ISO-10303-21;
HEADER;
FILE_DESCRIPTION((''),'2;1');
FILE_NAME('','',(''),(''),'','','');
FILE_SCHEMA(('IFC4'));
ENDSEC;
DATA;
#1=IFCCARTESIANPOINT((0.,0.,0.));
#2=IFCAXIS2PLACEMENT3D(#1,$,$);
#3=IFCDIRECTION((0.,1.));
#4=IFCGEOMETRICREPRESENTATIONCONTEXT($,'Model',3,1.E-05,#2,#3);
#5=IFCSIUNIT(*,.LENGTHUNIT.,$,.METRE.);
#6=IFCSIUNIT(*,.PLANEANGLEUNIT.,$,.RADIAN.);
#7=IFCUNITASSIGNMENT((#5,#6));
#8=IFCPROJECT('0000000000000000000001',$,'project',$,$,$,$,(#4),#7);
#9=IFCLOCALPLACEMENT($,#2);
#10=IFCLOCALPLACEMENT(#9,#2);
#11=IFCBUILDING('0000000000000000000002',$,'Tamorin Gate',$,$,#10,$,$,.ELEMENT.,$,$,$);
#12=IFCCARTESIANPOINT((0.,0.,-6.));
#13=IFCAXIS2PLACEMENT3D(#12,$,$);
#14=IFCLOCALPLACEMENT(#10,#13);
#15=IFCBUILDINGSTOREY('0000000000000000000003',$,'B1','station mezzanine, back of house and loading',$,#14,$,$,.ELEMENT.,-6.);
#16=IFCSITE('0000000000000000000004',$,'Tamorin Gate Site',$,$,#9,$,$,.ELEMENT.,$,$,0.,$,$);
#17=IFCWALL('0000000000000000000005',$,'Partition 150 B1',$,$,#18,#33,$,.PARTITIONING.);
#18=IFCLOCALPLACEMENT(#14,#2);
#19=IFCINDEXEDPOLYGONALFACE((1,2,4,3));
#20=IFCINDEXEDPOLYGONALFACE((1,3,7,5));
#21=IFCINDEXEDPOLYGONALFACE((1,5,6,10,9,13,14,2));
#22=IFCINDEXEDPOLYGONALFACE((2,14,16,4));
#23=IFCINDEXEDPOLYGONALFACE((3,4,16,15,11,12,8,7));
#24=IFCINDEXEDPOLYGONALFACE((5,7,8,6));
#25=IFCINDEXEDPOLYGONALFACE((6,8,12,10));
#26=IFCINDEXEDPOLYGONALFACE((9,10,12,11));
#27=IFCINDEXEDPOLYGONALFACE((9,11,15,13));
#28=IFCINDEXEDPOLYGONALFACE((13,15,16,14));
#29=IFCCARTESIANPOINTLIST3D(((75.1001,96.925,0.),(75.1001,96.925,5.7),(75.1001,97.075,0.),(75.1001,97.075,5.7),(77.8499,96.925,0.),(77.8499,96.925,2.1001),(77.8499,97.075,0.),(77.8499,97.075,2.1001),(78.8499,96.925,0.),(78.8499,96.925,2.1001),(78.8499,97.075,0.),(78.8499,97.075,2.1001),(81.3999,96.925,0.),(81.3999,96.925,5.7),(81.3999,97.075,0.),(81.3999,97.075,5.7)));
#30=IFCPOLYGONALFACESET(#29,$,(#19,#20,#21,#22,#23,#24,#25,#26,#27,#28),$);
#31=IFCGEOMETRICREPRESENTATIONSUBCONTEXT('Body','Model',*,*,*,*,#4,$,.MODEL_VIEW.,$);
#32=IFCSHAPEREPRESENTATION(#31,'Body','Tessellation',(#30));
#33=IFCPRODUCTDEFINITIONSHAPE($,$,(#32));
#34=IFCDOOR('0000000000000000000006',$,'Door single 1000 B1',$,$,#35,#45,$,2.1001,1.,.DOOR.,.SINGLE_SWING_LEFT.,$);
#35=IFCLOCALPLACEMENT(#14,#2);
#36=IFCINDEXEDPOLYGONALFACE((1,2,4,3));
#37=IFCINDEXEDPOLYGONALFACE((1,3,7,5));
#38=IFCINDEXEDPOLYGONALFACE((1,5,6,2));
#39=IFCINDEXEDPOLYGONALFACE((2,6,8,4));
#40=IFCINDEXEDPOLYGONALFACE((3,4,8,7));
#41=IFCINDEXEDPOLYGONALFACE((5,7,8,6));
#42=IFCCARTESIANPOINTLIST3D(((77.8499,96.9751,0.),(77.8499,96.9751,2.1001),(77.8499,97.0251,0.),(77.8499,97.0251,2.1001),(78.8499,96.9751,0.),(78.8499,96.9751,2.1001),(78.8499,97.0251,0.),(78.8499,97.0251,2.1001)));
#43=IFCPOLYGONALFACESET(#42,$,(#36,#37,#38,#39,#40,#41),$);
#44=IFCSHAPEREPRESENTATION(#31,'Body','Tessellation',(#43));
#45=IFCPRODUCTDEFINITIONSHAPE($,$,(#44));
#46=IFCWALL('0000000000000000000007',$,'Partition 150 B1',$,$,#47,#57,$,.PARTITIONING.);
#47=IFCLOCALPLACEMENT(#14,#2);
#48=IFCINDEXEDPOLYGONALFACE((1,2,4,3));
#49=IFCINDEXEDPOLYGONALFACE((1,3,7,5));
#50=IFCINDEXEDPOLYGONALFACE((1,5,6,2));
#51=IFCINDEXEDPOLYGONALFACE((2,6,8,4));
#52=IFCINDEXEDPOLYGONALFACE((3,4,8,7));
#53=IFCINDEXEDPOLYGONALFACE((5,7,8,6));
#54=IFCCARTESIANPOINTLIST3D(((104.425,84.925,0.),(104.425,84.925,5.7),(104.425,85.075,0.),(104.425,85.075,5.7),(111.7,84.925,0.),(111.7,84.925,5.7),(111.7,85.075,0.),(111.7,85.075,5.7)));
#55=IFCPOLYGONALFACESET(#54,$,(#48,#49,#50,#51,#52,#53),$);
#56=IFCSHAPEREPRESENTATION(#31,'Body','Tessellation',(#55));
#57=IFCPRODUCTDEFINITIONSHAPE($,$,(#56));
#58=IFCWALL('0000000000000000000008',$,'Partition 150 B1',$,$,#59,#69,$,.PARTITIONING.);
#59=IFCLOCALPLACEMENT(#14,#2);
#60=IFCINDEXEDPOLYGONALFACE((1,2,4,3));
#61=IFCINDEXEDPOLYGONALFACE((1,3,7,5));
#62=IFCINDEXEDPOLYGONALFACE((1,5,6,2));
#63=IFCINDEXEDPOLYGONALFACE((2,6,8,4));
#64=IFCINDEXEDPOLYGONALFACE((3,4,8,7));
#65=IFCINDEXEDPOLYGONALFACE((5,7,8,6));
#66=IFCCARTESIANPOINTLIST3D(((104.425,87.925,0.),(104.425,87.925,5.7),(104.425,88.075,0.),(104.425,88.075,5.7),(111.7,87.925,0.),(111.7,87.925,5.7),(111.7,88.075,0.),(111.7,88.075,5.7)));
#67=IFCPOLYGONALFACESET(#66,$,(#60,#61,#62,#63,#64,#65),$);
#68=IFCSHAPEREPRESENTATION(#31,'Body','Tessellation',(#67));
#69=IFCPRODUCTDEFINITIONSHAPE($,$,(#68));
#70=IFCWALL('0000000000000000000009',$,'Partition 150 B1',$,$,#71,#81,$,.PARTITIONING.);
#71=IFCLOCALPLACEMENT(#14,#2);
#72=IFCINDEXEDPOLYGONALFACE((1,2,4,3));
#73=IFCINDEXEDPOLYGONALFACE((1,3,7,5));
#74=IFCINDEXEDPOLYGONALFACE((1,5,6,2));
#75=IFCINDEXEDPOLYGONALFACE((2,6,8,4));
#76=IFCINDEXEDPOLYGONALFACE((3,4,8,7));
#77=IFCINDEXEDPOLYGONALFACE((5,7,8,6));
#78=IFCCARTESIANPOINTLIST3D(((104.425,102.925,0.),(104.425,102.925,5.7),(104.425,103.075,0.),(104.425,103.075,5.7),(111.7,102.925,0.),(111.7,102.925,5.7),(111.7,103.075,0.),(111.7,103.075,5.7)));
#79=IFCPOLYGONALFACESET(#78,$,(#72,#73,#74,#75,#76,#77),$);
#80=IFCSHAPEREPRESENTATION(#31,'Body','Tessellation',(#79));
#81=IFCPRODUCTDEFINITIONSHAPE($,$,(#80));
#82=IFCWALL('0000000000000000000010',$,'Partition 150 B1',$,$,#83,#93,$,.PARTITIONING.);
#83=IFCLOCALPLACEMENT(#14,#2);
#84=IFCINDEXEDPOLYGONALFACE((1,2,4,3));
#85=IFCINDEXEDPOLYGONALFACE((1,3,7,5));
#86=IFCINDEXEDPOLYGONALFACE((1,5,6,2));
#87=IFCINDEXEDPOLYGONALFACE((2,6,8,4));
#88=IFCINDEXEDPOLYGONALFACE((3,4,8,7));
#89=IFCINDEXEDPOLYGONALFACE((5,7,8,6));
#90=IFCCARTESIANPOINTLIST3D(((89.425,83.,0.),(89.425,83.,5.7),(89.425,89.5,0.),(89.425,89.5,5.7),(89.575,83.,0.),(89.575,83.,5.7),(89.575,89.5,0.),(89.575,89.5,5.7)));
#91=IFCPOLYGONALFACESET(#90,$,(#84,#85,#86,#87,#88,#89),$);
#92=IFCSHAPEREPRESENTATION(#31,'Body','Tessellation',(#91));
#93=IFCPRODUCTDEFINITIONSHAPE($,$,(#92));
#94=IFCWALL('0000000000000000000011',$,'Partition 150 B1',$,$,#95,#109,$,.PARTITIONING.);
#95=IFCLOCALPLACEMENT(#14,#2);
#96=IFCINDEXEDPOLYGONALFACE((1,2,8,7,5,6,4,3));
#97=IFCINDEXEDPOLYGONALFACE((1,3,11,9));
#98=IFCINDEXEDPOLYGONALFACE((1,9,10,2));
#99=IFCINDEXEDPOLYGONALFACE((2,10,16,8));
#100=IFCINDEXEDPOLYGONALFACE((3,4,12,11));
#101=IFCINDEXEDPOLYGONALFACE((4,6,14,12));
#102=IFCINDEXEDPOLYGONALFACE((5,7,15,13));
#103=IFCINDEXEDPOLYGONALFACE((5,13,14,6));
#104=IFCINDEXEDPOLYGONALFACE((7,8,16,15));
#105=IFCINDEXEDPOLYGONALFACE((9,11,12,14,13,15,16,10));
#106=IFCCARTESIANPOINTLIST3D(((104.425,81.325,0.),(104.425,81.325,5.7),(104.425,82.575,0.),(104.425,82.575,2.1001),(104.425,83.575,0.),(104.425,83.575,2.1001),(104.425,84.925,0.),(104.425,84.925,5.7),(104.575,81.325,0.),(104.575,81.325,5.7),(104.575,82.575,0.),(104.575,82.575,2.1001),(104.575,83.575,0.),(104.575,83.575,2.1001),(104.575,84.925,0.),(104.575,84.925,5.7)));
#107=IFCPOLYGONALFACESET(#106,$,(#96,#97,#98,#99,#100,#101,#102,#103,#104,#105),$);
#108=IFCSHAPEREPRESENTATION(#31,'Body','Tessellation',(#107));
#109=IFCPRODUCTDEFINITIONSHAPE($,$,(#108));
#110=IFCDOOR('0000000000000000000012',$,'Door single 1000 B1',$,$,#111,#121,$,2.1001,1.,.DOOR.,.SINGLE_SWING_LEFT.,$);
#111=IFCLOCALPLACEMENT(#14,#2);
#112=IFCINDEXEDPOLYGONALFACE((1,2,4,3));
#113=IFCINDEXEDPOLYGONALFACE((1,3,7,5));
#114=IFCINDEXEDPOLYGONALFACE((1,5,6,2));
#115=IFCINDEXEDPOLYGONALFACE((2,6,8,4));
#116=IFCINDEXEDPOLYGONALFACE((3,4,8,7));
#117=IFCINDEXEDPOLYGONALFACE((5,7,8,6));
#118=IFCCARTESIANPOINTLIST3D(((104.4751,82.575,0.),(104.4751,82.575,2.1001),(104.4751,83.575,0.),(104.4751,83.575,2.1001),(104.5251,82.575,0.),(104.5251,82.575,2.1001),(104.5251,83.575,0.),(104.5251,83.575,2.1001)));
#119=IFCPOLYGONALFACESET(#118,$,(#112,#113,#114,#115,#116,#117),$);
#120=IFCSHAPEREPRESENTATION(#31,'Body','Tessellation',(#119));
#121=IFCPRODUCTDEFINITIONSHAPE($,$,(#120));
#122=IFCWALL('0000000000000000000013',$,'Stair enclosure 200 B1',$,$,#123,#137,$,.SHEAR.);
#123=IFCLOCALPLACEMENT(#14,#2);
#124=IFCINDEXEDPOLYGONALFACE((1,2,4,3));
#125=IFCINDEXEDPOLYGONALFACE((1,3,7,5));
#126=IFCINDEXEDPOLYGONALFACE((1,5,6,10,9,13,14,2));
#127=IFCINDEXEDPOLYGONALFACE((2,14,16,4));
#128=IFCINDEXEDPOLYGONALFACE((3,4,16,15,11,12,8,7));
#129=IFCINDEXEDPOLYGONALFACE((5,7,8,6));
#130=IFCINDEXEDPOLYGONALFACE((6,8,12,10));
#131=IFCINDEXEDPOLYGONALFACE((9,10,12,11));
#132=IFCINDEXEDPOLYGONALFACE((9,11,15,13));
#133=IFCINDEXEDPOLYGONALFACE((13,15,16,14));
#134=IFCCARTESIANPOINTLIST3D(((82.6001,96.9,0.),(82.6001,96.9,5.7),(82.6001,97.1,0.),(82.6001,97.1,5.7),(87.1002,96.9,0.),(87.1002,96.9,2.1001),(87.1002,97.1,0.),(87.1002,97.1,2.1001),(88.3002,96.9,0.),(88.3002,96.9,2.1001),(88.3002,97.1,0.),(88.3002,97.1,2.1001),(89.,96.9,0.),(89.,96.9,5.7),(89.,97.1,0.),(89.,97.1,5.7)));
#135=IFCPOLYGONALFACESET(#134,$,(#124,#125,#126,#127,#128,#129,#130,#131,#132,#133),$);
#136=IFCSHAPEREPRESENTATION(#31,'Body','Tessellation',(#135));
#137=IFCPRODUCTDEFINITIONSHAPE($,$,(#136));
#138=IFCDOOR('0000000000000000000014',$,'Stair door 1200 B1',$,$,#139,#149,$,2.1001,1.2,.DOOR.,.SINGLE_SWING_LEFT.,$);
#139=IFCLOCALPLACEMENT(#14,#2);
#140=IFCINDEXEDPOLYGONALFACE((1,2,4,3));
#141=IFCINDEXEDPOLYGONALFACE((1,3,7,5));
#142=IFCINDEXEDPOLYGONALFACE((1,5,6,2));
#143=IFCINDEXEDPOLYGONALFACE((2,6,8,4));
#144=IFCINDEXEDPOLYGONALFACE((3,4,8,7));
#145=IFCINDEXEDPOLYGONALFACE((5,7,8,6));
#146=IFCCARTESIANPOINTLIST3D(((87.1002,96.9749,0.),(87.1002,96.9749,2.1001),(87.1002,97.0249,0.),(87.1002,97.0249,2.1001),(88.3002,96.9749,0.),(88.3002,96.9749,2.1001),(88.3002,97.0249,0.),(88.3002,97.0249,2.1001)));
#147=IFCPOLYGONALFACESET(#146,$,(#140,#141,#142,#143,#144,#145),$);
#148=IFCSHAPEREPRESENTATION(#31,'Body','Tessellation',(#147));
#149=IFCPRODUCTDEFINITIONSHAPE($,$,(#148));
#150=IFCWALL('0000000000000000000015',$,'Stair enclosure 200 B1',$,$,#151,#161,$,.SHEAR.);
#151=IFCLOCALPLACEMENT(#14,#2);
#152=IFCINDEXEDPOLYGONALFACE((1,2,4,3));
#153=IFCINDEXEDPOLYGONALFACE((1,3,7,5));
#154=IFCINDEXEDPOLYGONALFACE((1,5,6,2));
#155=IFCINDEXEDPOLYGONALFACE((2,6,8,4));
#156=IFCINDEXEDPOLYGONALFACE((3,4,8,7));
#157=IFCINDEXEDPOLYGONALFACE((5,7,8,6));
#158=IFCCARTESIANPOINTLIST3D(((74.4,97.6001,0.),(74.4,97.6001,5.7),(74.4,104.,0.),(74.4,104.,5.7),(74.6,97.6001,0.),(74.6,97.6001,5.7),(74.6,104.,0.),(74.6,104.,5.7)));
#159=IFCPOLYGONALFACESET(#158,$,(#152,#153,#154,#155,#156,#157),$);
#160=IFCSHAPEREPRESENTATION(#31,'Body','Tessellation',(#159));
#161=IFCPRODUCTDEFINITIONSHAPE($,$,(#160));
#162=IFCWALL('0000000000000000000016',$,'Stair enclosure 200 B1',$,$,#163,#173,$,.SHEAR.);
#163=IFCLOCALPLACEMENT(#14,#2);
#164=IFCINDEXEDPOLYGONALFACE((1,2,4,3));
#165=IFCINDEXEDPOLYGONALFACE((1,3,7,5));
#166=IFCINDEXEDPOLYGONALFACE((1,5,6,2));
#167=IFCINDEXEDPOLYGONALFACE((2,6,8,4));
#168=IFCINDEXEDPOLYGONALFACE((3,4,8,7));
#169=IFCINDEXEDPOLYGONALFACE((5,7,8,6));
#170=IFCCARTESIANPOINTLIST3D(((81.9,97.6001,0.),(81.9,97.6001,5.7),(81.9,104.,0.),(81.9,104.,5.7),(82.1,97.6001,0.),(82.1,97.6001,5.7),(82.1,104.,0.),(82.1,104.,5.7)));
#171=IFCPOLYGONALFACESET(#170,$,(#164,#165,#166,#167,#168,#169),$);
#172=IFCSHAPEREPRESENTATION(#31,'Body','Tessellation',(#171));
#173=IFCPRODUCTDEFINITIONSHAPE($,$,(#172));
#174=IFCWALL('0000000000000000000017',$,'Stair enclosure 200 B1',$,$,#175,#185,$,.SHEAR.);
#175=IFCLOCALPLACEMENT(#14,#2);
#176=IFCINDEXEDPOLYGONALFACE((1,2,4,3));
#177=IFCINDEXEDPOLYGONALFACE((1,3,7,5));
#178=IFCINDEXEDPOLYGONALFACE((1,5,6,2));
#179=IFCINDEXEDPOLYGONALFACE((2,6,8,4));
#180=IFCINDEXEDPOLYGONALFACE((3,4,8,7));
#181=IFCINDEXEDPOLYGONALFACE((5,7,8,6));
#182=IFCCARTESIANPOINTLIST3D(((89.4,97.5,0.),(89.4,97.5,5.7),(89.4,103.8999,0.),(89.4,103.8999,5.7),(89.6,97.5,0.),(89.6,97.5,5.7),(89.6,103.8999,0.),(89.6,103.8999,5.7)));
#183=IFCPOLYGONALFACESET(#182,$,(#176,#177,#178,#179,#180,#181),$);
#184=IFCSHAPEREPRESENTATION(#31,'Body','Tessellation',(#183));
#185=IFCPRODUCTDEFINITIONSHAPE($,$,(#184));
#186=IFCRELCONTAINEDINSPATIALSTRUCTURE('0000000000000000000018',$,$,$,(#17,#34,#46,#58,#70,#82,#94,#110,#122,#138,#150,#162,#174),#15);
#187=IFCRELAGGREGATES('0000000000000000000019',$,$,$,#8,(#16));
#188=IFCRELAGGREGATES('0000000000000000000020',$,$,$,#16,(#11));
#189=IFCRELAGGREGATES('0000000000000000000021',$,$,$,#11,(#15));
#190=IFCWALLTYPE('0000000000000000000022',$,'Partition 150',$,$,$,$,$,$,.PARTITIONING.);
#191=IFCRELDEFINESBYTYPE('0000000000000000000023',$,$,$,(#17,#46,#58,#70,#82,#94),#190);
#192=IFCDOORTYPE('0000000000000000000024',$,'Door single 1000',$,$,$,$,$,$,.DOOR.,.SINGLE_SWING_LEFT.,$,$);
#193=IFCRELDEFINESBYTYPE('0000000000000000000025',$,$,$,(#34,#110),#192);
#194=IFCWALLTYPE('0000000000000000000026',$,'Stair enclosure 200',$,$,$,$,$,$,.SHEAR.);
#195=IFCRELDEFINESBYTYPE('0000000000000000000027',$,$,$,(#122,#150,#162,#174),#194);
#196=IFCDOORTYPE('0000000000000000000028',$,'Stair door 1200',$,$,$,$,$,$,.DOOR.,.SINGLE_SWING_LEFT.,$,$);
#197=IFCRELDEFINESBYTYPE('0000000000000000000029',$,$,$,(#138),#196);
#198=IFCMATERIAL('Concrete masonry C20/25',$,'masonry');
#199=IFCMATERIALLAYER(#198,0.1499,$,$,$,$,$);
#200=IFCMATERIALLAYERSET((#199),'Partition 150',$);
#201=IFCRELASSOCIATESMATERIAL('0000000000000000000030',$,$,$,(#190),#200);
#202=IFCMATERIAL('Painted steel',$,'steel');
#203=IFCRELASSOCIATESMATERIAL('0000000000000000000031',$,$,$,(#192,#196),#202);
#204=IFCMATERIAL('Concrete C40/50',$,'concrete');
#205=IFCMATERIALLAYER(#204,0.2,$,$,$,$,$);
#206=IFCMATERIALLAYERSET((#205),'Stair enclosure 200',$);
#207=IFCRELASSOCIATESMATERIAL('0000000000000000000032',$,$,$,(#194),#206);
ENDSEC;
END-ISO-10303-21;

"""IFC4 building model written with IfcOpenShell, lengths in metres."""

from ifc_helpers import new_model, si_unit, direction, frame, frame_2d, origin, place, context, subcontext, project, spatial, rectangle, extrude, material, layer, layer_set, type_object, element, fill, save


model = new_model("IFC4")

# Units and contexts
model_context = context("Model", 3, precision=1e-05, world=origin(), true_north=direction((0.0, 1.0)))
body_context = subcontext(model_context, "Body", "Model", "MODEL_VIEW")
ifc_project = project(units=[si_unit("LENGTHUNIT", "METRE"), si_unit("PLANEANGLEUNIT", "RADIAN")], contexts=[model_context])

# Site, building, storey
site_placement = place(None, origin())
site = spatial("IfcSite", under=ifc_project, at=site_placement, Name="Tamorin Gate Site", CompositionType="ELEMENT", RefElevation=0.0)
building_placement = place(site_placement, origin())
building = spatial("IfcBuilding", under=site, at=building_placement, Name="Tamorin Gate", CompositionType="ELEMENT")
storey_placement = place(building_placement, frame((0.0, 0.0, -6.0)))
storey = spatial("IfcBuildingStorey", under=building, at=storey_placement, Name="B1", Description="station mezzanine, back of house and loading", CompositionType="ELEMENT", Elevation=-6.0)

# Shared definitions
ifc_material_1 = material(Name="Concrete masonry C20/25", Category="masonry")
ifc_layer_1 = layer(ifc_material_1, 0.1499)
ifc_layer_set_1 = layer_set([ifc_layer_1], Name="Partition 150")
wall_type_1 = type_object("IfcWallType", Name="Partition 150", PredefinedType="PARTITIONING", material=ifc_layer_set_1)
ifc_material_2 = material(Name="Painted steel", Category="steel")
door_type_1 = type_object("IfcDoorType", Name="Door single 1000", OperationType="SINGLE_SWING_LEFT", PredefinedType="DOOR", material=ifc_material_2)

# Wall, opening, door
wall_1_placement = place(storey_placement, frame((81.3999, 97.0, 0.0), z_axis=(0.0, 0.0, 1.0), x_axis=(-1.0, 0.0, 0.0)))
wall_1 = element("IfcWall", 1, at=wall_1_placement, inside=storey, type_object=wall_type_1, Name="Partition 150 B1", PredefinedType="PARTITIONING", context=body_context, shape_type="SweptSolid", body=[
    extrude(rectangle(XDim=6.2998, YDim=0.1499, at=frame_2d((3.1499, 0.0))), origin(), (0.0, 0.0, 1.0), 5.7),
])
opening_1_placement = place(wall_1_placement, frame((2.55, 0.0, 0.0)))
opening_1 = element("IfcOpeningElement", 2, at=opening_1_placement, cuts=wall_1, PredefinedType="OPENING", context=body_context, shape_type="SweptSolid", body=[
    extrude(rectangle(XDim=1.0, YDim=2.1001, at=frame_2d((0.5, 1.05))), frame((0.0, 0.085, 0.0), z_axis=(0.0, -1.0, 0.0), x_axis=(1.0, 0.0, 0.0)), (0.0, 0.0, 1.0), 0.1699),
])
door_1_placement = place(opening_1_placement, origin())
door_1 = element("IfcDoor", 3, at=door_1_placement, inside=storey, type_object=door_type_1, Name="Door single 1000 B1", OperationType="SINGLE_SWING_LEFT", OverallHeight=2.1001, OverallWidth=1.0, PredefinedType="DOOR", context=body_context, shape_type="SweptSolid", body=[
    extrude(rectangle(XDim=1.0, YDim=2.1001, at=frame_2d((0.5, 1.05))), frame((0.0, 0.0249, 0.0), z_axis=(0.0, -1.0, 0.0), x_axis=(1.0, 0.0, 0.0)), (0.0, 0.0, 1.0), 0.05),
])
fill(opening_1, door_1)

# Walls
for number, where, z_axis, x_axis, name in (
    (4, (104.425, 85.0, 0.0), (0.0, 0.0, 1.0), (1.0, 0.0, 0.0), "Partition 150 B1"),
    (5, (104.425, 88.0, 0.0), (0.0, 0.0, 1.0), (1.0, 0.0, 0.0), "Partition 150 B1"),
    (6, (104.425, 103.0, 0.0), (0.0, 0.0, 1.0), (1.0, 0.0, 0.0), "Partition 150 B1"),
):
    element("IfcWall", number, at=place(storey_placement, frame(where, z_axis=z_axis, x_axis=x_axis)), inside=storey, type_object=wall_type_1, Name=name, PredefinedType="PARTITIONING", context=body_context, shape_type="SweptSolid", body=[
        extrude(rectangle(XDim=7.2749, YDim=0.1499, at=frame_2d((3.6375, 0.0))), origin(), (0.0, 0.0, 1.0), 5.7),
    ])
wall_2_placement = place(storey_placement, frame((89.5, 83.0, 0.0), z_axis=(0.0, 0.0, 1.0), x_axis=(0.0, 1.0, 0.0)))
element("IfcWall", 7, at=wall_2_placement, inside=storey, type_object=wall_type_1, Name="Partition 150 B1", PredefinedType="PARTITIONING", context=body_context, shape_type="SweptSolid", body=[
    extrude(rectangle(XDim=6.5, YDim=0.1499, at=frame_2d((3.25, 0.0))), origin(), (0.0, 0.0, 1.0), 5.7),
])

# Walls, openings, doors
wall_3_placement = place(storey_placement, frame((104.5, 81.325, 0.0), z_axis=(0.0, 0.0, 1.0), x_axis=(0.0, 1.0, 0.0)))
wall_3 = element("IfcWall", 8, at=wall_3_placement, inside=storey, type_object=wall_type_1, Name="Partition 150 B1", PredefinedType="PARTITIONING", context=body_context, shape_type="SweptSolid", body=[
    extrude(rectangle(XDim=3.6001, YDim=0.1499, at=frame_2d((1.8, 0.0))), origin(), (0.0, 0.0, 1.0), 5.7),
])
opening_2_placement = place(wall_3_placement, frame((1.25, 0.0, 0.0)))
opening_2 = element("IfcOpeningElement", 9, at=opening_2_placement, cuts=wall_3, PredefinedType="OPENING", context=body_context, shape_type="SweptSolid", body=[
    extrude(rectangle(XDim=1.0, YDim=2.1001, at=frame_2d((0.5, 1.05))), frame((0.0, 0.085, 0.0), z_axis=(0.0, -1.0, 0.0), x_axis=(1.0, 0.0, 0.0)), (0.0, 0.0, 1.0), 0.1699),
])
door_2_placement = place(opening_2_placement, origin())
door_2 = element("IfcDoor", 10, at=door_2_placement, inside=storey, type_object=door_type_1, Name="Door single 1000 B1", OperationType="SINGLE_SWING_LEFT", OverallHeight=2.1001, OverallWidth=1.0, PredefinedType="DOOR", context=body_context, shape_type="SweptSolid", body=[
    extrude(rectangle(XDim=1.0, YDim=2.1001, at=frame_2d((0.5, 1.05))), frame((0.0, 0.0249, 0.0), z_axis=(0.0, -1.0, 0.0), x_axis=(1.0, 0.0, 0.0)), (0.0, 0.0, 1.0), 0.05),
])
fill(opening_2, door_2)
ifc_material_3 = material(Name="Concrete C40/50", Category="concrete")
ifc_layer_2 = layer(ifc_material_3, 0.2)
ifc_layer_set_2 = layer_set([ifc_layer_2], Name="Stair enclosure 200")
wall_type_2 = type_object("IfcWallType", Name="Stair enclosure 200", PredefinedType="SHEAR", material=ifc_layer_set_2)
wall_4_placement = place(storey_placement, frame((82.6001, 97.0, 0.0), z_axis=(0.0, 0.0, 1.0), x_axis=(1.0, 0.0, 0.0)))
wall_4 = element("IfcWall", 11, at=wall_4_placement, inside=storey, type_object=wall_type_2, Name="Stair enclosure 200 B1", PredefinedType="SHEAR", context=body_context, shape_type="SweptSolid", body=[
    extrude(rectangle(XDim=6.3999, YDim=0.2, at=frame_2d((3.2, 0.0))), origin(), (0.0, 0.0, 1.0), 5.7),
])
opening_3_placement = place(wall_4_placement, frame((4.5, 0.0, 0.0)))
opening_3 = element("IfcOpeningElement", 12, at=opening_3_placement, cuts=wall_4, PredefinedType="OPENING", context=body_context, shape_type="SweptSolid", body=[
    extrude(rectangle(XDim=1.2, YDim=2.1001, at=frame_2d((0.6001, 1.05))), frame((0.0, 0.1099, 0.0), z_axis=(0.0, -1.0, 0.0), x_axis=(1.0, 0.0, 0.0)), (0.0, 0.0, 1.0), 0.22),
])
door_type_2 = type_object("IfcDoorType", Name="Stair door 1200", OperationType="SINGLE_SWING_LEFT", PredefinedType="DOOR", material=ifc_material_2)
door_3_placement = place(opening_3_placement, origin())
door_3 = element("IfcDoor", 13, at=door_3_placement, inside=storey, type_object=door_type_2, Name="Stair door 1200 B1", OperationType="SINGLE_SWING_LEFT", OverallHeight=2.1001, OverallWidth=1.2, PredefinedType="DOOR", context=body_context, shape_type="SweptSolid", body=[
    extrude(rectangle(XDim=1.2, YDim=2.1001, at=frame_2d((0.6001, 1.05))), frame((0.0, 0.0249, 0.0), z_axis=(0.0, -1.0, 0.0), x_axis=(1.0, 0.0, 0.0)), (0.0, 0.0, 1.0), 0.05),
])
fill(opening_3, door_3)

# Walls
for number, where, z_axis, x_axis, name in (
    (14, (74.5, 97.6001, 0.0), (0.0, 0.0, 1.0), (0.0, 1.0, 0.0), "Stair enclosure 200 B1"),
    (15, (82.0, 97.6001, 0.0), (0.0, 0.0, 1.0), (0.0, 1.0, 0.0), "Stair enclosure 200 B1"),
    (16, (89.5, 97.5, 0.0), (0.0, 0.0, 1.0), (0.0, 1.0, 0.0), "Stair enclosure 200 B1"),
):
    element("IfcWall", number, at=place(storey_placement, frame(where, z_axis=z_axis, x_axis=x_axis)), inside=storey, type_object=wall_type_2, Name=name, PredefinedType="SHEAR", context=body_context, shape_type="SweptSolid", body=[
        extrude(rectangle(XDim=6.3999, YDim=0.2, at=frame_2d((3.2, 0.0))), origin(), (0.0, 0.0, 1.0), 5.7),
    ])

save(model, "model.ifc")
